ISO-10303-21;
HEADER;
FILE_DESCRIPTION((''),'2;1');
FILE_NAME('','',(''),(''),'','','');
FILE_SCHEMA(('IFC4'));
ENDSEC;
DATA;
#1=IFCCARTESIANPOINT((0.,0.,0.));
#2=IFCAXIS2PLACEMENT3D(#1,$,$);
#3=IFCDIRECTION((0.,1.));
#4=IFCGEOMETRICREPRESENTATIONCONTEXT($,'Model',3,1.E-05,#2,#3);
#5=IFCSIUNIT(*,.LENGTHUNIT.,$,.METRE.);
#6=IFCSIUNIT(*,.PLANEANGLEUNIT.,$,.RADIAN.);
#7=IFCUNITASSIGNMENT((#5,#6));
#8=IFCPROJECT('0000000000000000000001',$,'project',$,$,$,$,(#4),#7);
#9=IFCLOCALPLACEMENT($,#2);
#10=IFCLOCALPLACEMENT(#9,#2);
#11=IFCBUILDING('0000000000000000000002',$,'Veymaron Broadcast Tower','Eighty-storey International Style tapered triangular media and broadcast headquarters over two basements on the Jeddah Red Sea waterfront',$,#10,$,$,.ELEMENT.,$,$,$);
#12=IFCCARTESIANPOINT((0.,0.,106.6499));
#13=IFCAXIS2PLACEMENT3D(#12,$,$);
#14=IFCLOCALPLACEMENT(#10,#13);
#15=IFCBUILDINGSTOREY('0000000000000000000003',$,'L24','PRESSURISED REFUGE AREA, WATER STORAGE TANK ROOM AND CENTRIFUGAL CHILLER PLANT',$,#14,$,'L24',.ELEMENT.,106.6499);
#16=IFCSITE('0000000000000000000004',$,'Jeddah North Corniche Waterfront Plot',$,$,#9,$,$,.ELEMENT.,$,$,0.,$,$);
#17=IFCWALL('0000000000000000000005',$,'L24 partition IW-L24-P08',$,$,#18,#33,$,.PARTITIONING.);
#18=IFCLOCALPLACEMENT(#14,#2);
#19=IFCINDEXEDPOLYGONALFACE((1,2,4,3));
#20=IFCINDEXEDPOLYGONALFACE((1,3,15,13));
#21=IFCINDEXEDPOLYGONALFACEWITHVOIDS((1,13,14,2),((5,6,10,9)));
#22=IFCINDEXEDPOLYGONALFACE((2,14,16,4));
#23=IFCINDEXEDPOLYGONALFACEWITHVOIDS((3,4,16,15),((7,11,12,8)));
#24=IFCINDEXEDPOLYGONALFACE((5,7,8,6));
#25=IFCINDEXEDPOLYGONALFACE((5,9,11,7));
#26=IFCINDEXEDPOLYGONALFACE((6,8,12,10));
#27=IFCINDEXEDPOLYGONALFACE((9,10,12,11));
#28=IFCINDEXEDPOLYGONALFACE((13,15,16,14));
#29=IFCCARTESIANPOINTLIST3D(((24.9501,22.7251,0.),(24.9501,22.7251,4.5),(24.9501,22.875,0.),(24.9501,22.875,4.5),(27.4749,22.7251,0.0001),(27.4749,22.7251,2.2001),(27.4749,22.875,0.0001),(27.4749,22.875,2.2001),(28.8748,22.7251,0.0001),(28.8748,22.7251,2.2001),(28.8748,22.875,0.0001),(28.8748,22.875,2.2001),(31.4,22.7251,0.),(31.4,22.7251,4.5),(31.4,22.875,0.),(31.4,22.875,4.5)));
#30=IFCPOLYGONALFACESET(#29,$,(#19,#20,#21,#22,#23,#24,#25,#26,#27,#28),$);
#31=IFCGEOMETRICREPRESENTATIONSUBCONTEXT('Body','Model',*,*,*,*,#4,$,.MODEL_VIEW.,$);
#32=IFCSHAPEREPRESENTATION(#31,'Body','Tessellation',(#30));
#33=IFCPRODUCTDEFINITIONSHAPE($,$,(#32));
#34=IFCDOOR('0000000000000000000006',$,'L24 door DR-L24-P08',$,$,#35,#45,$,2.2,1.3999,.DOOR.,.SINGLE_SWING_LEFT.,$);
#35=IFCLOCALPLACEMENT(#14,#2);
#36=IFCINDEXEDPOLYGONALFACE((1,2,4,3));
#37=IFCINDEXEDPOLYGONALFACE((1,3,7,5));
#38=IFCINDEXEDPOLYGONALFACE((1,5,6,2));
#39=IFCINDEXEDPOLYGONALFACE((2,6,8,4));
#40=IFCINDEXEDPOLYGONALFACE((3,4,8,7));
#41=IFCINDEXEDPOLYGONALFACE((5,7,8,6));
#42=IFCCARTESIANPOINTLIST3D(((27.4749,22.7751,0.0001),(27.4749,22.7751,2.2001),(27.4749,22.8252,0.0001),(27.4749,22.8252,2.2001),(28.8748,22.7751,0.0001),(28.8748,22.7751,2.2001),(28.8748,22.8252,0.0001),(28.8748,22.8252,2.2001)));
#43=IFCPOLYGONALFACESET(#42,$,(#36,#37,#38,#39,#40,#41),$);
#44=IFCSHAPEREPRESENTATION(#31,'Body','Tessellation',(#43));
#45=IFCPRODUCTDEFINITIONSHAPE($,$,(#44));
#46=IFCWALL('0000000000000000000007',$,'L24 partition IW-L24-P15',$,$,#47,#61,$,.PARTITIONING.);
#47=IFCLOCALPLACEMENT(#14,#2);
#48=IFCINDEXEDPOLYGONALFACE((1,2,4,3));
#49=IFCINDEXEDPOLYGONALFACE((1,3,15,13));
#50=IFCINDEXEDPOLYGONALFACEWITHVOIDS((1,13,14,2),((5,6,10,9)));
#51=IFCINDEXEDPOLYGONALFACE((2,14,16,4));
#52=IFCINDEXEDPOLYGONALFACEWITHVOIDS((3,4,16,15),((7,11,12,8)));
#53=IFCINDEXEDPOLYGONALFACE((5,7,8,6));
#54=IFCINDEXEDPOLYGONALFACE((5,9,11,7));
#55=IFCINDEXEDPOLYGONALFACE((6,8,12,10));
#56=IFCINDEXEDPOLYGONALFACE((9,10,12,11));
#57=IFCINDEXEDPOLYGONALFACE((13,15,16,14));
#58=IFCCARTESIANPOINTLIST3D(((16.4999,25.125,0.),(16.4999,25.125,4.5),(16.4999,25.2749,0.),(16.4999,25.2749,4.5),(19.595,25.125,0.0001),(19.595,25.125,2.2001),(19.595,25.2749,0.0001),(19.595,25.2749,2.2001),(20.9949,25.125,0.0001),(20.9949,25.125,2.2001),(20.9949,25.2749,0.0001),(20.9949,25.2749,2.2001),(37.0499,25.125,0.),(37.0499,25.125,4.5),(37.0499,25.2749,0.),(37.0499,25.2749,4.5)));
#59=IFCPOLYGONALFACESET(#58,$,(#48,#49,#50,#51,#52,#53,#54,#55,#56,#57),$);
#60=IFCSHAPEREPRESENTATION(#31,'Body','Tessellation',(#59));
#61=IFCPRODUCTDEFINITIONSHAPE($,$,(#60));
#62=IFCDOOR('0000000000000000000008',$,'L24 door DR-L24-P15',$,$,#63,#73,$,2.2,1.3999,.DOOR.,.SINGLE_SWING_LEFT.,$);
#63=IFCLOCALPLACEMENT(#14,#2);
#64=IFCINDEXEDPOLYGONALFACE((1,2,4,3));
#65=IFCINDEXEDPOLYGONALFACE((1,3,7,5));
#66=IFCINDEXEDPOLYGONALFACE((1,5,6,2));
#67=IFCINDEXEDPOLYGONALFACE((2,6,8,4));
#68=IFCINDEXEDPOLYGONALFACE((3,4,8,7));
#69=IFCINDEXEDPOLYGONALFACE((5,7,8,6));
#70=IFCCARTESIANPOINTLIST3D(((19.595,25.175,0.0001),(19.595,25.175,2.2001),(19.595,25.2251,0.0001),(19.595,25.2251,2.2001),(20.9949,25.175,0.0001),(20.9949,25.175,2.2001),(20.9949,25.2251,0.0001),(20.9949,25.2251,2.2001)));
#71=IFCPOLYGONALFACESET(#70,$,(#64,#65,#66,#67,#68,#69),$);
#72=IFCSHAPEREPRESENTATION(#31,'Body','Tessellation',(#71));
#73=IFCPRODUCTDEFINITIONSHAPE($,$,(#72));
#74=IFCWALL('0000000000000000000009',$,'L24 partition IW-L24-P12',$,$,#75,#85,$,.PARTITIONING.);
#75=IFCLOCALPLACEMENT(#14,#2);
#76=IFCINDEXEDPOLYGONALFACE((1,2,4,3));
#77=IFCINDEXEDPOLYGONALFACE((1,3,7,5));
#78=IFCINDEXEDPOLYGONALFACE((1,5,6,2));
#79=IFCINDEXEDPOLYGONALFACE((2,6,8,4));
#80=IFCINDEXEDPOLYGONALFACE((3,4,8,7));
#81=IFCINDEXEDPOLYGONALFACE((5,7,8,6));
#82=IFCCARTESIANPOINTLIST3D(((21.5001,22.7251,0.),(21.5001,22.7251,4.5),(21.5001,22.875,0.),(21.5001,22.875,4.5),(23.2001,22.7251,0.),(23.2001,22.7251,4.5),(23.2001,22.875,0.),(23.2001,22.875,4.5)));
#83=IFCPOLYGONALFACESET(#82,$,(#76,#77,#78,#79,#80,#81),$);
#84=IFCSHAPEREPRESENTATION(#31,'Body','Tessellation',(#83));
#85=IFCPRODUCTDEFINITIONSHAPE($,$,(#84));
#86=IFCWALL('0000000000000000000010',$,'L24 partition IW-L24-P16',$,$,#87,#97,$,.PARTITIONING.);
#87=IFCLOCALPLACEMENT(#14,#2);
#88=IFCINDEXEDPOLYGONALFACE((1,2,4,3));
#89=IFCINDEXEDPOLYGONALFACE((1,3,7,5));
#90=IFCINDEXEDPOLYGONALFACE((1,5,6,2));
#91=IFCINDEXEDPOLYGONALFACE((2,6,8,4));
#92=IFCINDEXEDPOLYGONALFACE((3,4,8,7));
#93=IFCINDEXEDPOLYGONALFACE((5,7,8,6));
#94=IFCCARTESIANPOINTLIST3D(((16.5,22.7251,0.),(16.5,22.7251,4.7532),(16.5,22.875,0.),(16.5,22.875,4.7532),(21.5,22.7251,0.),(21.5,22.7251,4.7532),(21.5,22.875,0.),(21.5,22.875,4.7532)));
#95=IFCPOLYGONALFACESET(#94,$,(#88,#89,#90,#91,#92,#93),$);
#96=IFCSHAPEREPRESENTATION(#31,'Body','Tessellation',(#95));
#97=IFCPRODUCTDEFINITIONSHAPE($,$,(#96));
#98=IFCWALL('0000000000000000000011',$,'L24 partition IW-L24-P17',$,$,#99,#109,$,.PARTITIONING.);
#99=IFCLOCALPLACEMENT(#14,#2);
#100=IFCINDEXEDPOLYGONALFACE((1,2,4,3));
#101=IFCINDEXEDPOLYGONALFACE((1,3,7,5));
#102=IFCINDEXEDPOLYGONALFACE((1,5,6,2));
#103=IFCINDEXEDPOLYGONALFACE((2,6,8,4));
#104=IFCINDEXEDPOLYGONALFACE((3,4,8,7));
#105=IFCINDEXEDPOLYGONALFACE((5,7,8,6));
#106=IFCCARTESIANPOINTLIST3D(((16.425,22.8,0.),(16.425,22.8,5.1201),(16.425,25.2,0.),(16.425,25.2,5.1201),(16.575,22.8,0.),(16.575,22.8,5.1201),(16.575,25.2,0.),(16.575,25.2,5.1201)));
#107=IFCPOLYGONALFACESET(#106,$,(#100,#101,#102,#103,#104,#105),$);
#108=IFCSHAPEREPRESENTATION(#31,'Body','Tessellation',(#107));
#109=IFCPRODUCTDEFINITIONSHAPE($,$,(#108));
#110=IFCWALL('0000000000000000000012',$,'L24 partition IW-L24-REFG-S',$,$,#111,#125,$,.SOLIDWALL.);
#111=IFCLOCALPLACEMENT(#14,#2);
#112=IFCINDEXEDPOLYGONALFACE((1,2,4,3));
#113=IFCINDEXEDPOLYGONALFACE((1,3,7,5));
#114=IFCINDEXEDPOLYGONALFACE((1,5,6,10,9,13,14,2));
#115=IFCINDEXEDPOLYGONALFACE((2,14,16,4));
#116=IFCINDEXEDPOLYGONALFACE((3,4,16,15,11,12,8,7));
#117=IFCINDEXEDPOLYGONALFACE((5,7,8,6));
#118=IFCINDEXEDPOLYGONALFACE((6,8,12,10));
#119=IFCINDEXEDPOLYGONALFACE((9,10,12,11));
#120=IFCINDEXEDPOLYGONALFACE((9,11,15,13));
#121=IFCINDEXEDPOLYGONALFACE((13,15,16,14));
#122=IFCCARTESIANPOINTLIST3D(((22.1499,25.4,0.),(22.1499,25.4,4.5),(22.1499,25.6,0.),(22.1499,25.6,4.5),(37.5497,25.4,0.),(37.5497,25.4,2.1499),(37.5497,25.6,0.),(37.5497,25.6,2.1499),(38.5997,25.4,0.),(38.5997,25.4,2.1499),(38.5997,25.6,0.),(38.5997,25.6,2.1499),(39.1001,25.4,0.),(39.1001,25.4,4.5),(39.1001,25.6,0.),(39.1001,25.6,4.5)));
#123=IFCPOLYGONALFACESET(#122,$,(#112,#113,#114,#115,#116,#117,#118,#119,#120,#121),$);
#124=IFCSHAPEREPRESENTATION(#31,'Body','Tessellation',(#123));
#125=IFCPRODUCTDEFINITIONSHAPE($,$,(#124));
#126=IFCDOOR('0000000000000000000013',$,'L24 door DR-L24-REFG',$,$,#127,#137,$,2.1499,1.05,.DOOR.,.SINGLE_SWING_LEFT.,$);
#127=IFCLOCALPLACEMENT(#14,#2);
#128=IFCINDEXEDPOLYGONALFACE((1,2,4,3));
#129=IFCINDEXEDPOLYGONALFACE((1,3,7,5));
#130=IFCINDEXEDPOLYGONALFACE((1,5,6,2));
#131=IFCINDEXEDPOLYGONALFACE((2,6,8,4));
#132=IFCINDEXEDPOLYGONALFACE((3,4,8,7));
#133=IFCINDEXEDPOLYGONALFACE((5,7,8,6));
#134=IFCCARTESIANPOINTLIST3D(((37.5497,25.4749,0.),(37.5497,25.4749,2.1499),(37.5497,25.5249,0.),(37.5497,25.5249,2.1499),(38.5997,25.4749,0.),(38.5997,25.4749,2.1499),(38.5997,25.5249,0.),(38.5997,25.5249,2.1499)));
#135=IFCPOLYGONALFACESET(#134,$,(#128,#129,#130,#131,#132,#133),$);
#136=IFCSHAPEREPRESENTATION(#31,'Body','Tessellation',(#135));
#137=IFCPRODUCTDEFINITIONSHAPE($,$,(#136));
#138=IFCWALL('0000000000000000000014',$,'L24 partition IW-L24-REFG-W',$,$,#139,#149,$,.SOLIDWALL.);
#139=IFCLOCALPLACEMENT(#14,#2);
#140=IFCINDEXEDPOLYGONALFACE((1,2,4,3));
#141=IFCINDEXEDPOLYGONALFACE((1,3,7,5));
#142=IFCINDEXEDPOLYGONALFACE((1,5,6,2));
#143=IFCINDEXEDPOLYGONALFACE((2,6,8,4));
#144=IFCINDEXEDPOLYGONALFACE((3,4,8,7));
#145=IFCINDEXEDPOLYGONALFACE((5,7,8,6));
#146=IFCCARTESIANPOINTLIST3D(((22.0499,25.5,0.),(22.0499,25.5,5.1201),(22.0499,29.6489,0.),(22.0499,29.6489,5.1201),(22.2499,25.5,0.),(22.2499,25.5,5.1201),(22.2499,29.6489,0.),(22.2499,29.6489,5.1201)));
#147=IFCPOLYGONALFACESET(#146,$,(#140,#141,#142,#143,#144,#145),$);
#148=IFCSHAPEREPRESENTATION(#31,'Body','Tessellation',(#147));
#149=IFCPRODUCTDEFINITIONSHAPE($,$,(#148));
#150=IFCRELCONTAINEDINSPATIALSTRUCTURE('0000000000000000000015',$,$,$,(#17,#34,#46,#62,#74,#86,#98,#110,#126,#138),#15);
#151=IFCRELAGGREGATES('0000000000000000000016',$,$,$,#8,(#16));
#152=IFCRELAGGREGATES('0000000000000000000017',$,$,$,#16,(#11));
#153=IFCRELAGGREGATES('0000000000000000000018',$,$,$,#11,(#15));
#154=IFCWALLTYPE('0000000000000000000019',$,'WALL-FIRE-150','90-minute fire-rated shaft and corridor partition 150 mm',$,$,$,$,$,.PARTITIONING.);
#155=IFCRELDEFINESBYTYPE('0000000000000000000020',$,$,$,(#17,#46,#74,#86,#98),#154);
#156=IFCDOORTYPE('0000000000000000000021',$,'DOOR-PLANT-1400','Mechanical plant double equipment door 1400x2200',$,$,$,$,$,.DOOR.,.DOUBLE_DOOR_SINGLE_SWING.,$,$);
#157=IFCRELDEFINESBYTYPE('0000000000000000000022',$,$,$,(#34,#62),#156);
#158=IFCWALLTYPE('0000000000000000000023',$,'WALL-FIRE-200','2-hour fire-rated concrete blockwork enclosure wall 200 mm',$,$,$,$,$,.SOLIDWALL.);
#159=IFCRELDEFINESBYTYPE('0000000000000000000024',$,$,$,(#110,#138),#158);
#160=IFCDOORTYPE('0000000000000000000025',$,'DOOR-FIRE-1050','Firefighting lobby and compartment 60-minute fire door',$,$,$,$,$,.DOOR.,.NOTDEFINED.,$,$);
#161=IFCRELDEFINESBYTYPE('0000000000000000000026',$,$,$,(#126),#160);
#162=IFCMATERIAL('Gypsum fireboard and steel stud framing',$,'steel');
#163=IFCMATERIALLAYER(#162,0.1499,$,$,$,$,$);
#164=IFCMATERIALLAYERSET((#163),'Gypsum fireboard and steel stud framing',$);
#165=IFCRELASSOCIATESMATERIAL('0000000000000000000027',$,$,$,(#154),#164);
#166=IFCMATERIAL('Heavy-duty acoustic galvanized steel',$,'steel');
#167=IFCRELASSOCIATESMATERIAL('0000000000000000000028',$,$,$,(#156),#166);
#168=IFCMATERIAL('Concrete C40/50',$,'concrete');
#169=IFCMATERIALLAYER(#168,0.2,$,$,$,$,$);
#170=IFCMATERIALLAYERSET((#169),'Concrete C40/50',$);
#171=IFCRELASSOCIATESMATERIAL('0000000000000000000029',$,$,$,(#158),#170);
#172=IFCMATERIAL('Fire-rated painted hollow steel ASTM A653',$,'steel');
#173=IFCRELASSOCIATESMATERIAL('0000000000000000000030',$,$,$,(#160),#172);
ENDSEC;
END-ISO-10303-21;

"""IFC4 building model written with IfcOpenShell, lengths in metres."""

from ifc_helpers import new_model, si_unit, direction, frame, frame_2d, origin, place, context, subcontext, project, spatial, rectangle, extrude, material, layer, layer_set, type_object, element, fill, save


model = new_model("IFC4")

# Units and contexts
model_context = context("Model", 3, precision=1e-05, world=origin(), true_north=direction((0.0, 1.0)))
body_context = subcontext(model_context, "Body", "Model", "MODEL_VIEW")
ifc_project = project(units=[si_unit("LENGTHUNIT", "METRE"), si_unit("PLANEANGLEUNIT", "RADIAN")], contexts=[model_context])

# Site, building, storey
site_placement = place(None, origin())
site = spatial("IfcSite", under=ifc_project, at=site_placement, Name="Jeddah North Corniche Waterfront Plot", CompositionType="ELEMENT", RefElevation=0.0)
building_placement = place(site_placement, origin())
building = spatial("IfcBuilding", under=site, at=building_placement, Name="Veymaron Broadcast Tower", Description="Eighty-storey International Style tapered triangular media and broadcast headquarters over two basements on the Jeddah Red Sea waterfront", CompositionType="ELEMENT")
storey_placement = place(building_placement, frame((0.0, 0.0, 106.6499)))
storey = spatial("IfcBuildingStorey", under=building, at=storey_placement, Name="L24", Description="PRESSURISED REFUGE AREA, WATER STORAGE TANK ROOM AND CENTRIFUGAL CHILLER PLANT", LongName="L24", CompositionType="ELEMENT", Elevation=106.6499)

# Walls, openings, doors
ifc_material_1 = material(Name="Gypsum fireboard and steel stud framing", Category="steel")
ifc_layer_1 = layer(ifc_material_1, 0.1499)
ifc_layer_set_1 = layer_set([ifc_layer_1], Name="Gypsum fireboard and steel stud framing")
wall_type_1 = type_object("IfcWallType", Name="WALL-FIRE-150", Description="90-minute fire-rated shaft and corridor partition 150 mm", PredefinedType="PARTITIONING", material=ifc_layer_set_1)
wall_1_placement = place(storey_placement, frame((24.95, 22.8, 0.0), z_axis=(0.0, 0.0, 1.0), x_axis=(1.0, 0.0, 0.0)))
wall_1 = element("IfcWall", 1, at=wall_1_placement, inside=storey, type_object=wall_type_1, Name="L24 partition IW-L24-P08", PredefinedType="PARTITIONING", context=body_context, shape_type="SweptSolid", body=[
    extrude(rectangle(XDim=6.45, YDim=0.1499, at=frame_2d((3.2251, 0.0))), origin(), (0.0, 0.0, 1.0), 4.5),
])
opening_1_placement = place(wall_1_placement, frame((2.5249, 0.0, 0.0)))
opening_1 = element("IfcOpeningElement", 2, at=opening_1_placement, cuts=wall_1, PredefinedType="OPENING", context=body_context, shape_type="SweptSolid", body=[
    extrude(rectangle(XDim=1.3999, YDim=2.2, at=frame_2d((0.7, 1.1001))), frame((0.0, 0.085, 0.0), z_axis=(0.0, -1.0, 0.0), x_axis=(1.0, 0.0, 0.0)), (0.0, 0.0, 1.0), 0.1699),
])
ifc_material_2 = material(Name="Heavy-duty acoustic galvanized steel", Category="steel")
door_type_1 = type_object("IfcDoorType", Name="DOOR-PLANT-1400", Description="Mechanical plant double equipment door 1400x2200", OperationType="DOUBLE_DOOR_SINGLE_SWING", PredefinedType="DOOR", material=ifc_material_2)
door_1_placement = place(opening_1_placement, frame((1.3999, 0.0, 0.0), z_axis=(0.0, 0.0, 1.0), x_axis=(-1.0, 0.0, 0.0)))
door_1 = element("IfcDoor", 3, at=door_1_placement, inside=storey, type_object=door_type_1, Name="L24 door DR-L24-P08", OperationType="SINGLE_SWING_LEFT", OverallHeight=2.2, OverallWidth=1.3999, PredefinedType="DOOR", context=body_context, shape_type="SweptSolid", body=[
    extrude(rectangle(XDim=1.3999, YDim=2.2, at=frame_2d((0.7, 1.1001))), frame((0.0, 0.0249, 0.0), z_axis=(0.0, -1.0, 0.0), x_axis=(1.0, 0.0, 0.0)), (0.0, 0.0, 1.0), 0.05),
])
fill(opening_1, door_1)
wall_2_placement = place(storey_placement, frame((16.5, 25.2, 0.0), z_axis=(0.0, 0.0, 1.0), x_axis=(1.0, 0.0, 0.0)))
wall_2 = element("IfcWall", 4, at=wall_2_placement, inside=storey, type_object=wall_type_1, Name="L24 partition IW-L24-P15", PredefinedType="PARTITIONING", context=body_context, shape_type="SweptSolid", body=[
    extrude(rectangle(XDim=20.55, YDim=0.1499, at=frame_2d((10.2749, 0.0))), origin(), (0.0, 0.0, 1.0), 4.5),
])
opening_2_placement = place(wall_2_placement, frame((3.095, 0.0, 0.0)))
opening_2 = element("IfcOpeningElement", 5, at=opening_2_placement, cuts=wall_2, PredefinedType="OPENING", context=body_context, shape_type="SweptSolid", body=[
    extrude(rectangle(XDim=1.3999, YDim=2.2, at=frame_2d((0.7, 1.1001))), frame((0.0, 0.085, 0.0), z_axis=(0.0, -1.0, 0.0), x_axis=(1.0, 0.0, 0.0)), (0.0, 0.0, 1.0), 0.1699),
])
door_2_placement = place(opening_2_placement, frame((1.3999, 0.0, 0.0), z_axis=(0.0, 0.0, 1.0), x_axis=(-1.0, 0.0, 0.0)))
door_2 = element("IfcDoor", 6, at=door_2_placement, inside=storey, type_object=door_type_1, Name="L24 door DR-L24-P15", OperationType="SINGLE_SWING_LEFT", OverallHeight=2.2, OverallWidth=1.3999, PredefinedType="DOOR", context=body_context, shape_type="SweptSolid", body=[
    extrude(rectangle(XDim=1.3999, YDim=2.2, at=frame_2d((0.7, 1.1001))), frame((0.0, 0.0249, 0.0), z_axis=(0.0, -1.0, 0.0), x_axis=(1.0, 0.0, 0.0)), (0.0, 0.0, 1.0), 0.05),
])
fill(opening_2, door_2)

# Walls
wall_3_placement = place(storey_placement, frame((21.5, 22.8, 0.0), z_axis=(0.0, 0.0, 1.0), x_axis=(1.0, 0.0, 0.0)))
element("IfcWall", 7, at=wall_3_placement, inside=storey, type_object=wall_type_1, Name="L24 partition IW-L24-P12", PredefinedType="PARTITIONING", context=body_context, shape_type="SweptSolid", body=[
    extrude(rectangle(XDim=1.7, YDim=0.1499, at=frame_2d((0.8501, 0.0))), origin(), (0.0, 0.0, 1.0), 4.5),
])
wall_4_placement = place(storey_placement, frame((16.5, 22.8, 0.0), z_axis=(0.0, 0.0, 1.0), x_axis=(1.0, 0.0, 0.0)))
element("IfcWall", 8, at=wall_4_placement, inside=storey, type_object=wall_type_1, Name="L24 partition IW-L24-P16", PredefinedType="PARTITIONING", context=body_context, shape_type="SweptSolid", body=[
    extrude(rectangle(XDim=5.0, YDim=0.1499, at=frame_2d((2.5, 0.0))), origin(), (0.0, 0.0, 1.0), 4.7532),
])
wall_5_placement = place(storey_placement, frame((16.5, 22.8, 0.0), z_axis=(0.0, 0.0, 1.0), x_axis=(0.0, 1.0, 0.0)))
element("IfcWall", 9, at=wall_5_placement, inside=storey, type_object=wall_type_1, Name="L24 partition IW-L24-P17", PredefinedType="PARTITIONING", context=body_context, shape_type="SweptSolid", body=[
    extrude(rectangle(XDim=2.3999, YDim=0.1499, at=frame_2d((1.2, 0.0))), origin(), (0.0, 0.0, 1.0), 5.1201),
])

# Wall, opening, door
ifc_material_3 = material(Name="Concrete C40/50", Category="concrete")
ifc_layer_2 = layer(ifc_material_3, 0.2)
ifc_layer_set_2 = layer_set([ifc_layer_2], Name="Concrete C40/50")
wall_type_2 = type_object("IfcWallType", Name="WALL-FIRE-200", Description="2-hour fire-rated concrete blockwork enclosure wall 200 mm", PredefinedType="SOLIDWALL", material=ifc_layer_set_2)
wall_6_placement = place(storey_placement, frame((22.1499, 25.5, 0.0), z_axis=(0.0, 0.0, 1.0), x_axis=(1.0, 0.0, 0.0)))
wall_6 = element("IfcWall", 10, at=wall_6_placement, inside=storey, type_object=wall_type_2, Name="L24 partition IW-L24-REFG-S", PredefinedType="SOLIDWALL", context=body_context, shape_type="SweptSolid", body=[
    extrude(rectangle(XDim=16.9502, YDim=0.2, at=frame_2d((8.4751, 0.0))), origin(), (0.0, 0.0, 1.0), 4.5),
])
opening_3_placement = place(wall_6_placement, frame((15.3999, 0.0, 0.0)))
opening_3 = element("IfcOpeningElement", 11, at=opening_3_placement, cuts=wall_6, PredefinedType="OPENING", context=body_context, shape_type="SweptSolid", body=[
    extrude(rectangle(XDim=1.05, YDim=2.1499, at=frame_2d((0.5249, 1.075))), frame((0.0, 0.1099, 0.0), z_axis=(0.0, -1.0, 0.0), x_axis=(1.0, 0.0, 0.0)), (0.0, 0.0, 1.0), 0.22),
])
ifc_material_4 = material(Name="Fire-rated painted hollow steel ASTM A653", Category="steel")
door_type_2 = type_object("IfcDoorType", Name="DOOR-FIRE-1050", Description="Firefighting lobby and compartment 60-minute fire door", OperationType="NOTDEFINED", PredefinedType="DOOR", material=ifc_material_4)
door_3_placement = place(opening_3_placement, origin())
door_3 = element("IfcDoor", 12, at=door_3_placement, inside=storey, type_object=door_type_2, Name="L24 door DR-L24-REFG", OperationType="SINGLE_SWING_LEFT", OverallHeight=2.1499, OverallWidth=1.05, PredefinedType="DOOR", context=body_context, shape_type="SweptSolid", body=[
    extrude(rectangle(XDim=1.05, YDim=2.1499, at=frame_2d((0.5249, 1.075))), frame((0.0, 0.0249, 0.0), z_axis=(0.0, -1.0, 0.0), x_axis=(1.0, 0.0, 0.0)), (0.0, 0.0, 1.0), 0.05),
])
fill(opening_3, door_3)

# Wall
wall_7_placement = place(storey_placement, frame((22.1499, 25.5, 0.0), z_axis=(0.0, 0.0, 1.0), x_axis=(0.0, 1.0, 0.0)))
element("IfcWall", 13, at=wall_7_placement, inside=storey, type_object=wall_type_2, Name="L24 partition IW-L24-REFG-W", PredefinedType="SOLIDWALL", context=body_context, shape_type="SweptSolid", body=[
    extrude(rectangle(XDim=4.1489, YDim=0.2, at=frame_2d((2.0745, 0.0))), origin(), (0.0, 0.0, 1.0), 5.1201),
])

save(model, "model.ifc")
